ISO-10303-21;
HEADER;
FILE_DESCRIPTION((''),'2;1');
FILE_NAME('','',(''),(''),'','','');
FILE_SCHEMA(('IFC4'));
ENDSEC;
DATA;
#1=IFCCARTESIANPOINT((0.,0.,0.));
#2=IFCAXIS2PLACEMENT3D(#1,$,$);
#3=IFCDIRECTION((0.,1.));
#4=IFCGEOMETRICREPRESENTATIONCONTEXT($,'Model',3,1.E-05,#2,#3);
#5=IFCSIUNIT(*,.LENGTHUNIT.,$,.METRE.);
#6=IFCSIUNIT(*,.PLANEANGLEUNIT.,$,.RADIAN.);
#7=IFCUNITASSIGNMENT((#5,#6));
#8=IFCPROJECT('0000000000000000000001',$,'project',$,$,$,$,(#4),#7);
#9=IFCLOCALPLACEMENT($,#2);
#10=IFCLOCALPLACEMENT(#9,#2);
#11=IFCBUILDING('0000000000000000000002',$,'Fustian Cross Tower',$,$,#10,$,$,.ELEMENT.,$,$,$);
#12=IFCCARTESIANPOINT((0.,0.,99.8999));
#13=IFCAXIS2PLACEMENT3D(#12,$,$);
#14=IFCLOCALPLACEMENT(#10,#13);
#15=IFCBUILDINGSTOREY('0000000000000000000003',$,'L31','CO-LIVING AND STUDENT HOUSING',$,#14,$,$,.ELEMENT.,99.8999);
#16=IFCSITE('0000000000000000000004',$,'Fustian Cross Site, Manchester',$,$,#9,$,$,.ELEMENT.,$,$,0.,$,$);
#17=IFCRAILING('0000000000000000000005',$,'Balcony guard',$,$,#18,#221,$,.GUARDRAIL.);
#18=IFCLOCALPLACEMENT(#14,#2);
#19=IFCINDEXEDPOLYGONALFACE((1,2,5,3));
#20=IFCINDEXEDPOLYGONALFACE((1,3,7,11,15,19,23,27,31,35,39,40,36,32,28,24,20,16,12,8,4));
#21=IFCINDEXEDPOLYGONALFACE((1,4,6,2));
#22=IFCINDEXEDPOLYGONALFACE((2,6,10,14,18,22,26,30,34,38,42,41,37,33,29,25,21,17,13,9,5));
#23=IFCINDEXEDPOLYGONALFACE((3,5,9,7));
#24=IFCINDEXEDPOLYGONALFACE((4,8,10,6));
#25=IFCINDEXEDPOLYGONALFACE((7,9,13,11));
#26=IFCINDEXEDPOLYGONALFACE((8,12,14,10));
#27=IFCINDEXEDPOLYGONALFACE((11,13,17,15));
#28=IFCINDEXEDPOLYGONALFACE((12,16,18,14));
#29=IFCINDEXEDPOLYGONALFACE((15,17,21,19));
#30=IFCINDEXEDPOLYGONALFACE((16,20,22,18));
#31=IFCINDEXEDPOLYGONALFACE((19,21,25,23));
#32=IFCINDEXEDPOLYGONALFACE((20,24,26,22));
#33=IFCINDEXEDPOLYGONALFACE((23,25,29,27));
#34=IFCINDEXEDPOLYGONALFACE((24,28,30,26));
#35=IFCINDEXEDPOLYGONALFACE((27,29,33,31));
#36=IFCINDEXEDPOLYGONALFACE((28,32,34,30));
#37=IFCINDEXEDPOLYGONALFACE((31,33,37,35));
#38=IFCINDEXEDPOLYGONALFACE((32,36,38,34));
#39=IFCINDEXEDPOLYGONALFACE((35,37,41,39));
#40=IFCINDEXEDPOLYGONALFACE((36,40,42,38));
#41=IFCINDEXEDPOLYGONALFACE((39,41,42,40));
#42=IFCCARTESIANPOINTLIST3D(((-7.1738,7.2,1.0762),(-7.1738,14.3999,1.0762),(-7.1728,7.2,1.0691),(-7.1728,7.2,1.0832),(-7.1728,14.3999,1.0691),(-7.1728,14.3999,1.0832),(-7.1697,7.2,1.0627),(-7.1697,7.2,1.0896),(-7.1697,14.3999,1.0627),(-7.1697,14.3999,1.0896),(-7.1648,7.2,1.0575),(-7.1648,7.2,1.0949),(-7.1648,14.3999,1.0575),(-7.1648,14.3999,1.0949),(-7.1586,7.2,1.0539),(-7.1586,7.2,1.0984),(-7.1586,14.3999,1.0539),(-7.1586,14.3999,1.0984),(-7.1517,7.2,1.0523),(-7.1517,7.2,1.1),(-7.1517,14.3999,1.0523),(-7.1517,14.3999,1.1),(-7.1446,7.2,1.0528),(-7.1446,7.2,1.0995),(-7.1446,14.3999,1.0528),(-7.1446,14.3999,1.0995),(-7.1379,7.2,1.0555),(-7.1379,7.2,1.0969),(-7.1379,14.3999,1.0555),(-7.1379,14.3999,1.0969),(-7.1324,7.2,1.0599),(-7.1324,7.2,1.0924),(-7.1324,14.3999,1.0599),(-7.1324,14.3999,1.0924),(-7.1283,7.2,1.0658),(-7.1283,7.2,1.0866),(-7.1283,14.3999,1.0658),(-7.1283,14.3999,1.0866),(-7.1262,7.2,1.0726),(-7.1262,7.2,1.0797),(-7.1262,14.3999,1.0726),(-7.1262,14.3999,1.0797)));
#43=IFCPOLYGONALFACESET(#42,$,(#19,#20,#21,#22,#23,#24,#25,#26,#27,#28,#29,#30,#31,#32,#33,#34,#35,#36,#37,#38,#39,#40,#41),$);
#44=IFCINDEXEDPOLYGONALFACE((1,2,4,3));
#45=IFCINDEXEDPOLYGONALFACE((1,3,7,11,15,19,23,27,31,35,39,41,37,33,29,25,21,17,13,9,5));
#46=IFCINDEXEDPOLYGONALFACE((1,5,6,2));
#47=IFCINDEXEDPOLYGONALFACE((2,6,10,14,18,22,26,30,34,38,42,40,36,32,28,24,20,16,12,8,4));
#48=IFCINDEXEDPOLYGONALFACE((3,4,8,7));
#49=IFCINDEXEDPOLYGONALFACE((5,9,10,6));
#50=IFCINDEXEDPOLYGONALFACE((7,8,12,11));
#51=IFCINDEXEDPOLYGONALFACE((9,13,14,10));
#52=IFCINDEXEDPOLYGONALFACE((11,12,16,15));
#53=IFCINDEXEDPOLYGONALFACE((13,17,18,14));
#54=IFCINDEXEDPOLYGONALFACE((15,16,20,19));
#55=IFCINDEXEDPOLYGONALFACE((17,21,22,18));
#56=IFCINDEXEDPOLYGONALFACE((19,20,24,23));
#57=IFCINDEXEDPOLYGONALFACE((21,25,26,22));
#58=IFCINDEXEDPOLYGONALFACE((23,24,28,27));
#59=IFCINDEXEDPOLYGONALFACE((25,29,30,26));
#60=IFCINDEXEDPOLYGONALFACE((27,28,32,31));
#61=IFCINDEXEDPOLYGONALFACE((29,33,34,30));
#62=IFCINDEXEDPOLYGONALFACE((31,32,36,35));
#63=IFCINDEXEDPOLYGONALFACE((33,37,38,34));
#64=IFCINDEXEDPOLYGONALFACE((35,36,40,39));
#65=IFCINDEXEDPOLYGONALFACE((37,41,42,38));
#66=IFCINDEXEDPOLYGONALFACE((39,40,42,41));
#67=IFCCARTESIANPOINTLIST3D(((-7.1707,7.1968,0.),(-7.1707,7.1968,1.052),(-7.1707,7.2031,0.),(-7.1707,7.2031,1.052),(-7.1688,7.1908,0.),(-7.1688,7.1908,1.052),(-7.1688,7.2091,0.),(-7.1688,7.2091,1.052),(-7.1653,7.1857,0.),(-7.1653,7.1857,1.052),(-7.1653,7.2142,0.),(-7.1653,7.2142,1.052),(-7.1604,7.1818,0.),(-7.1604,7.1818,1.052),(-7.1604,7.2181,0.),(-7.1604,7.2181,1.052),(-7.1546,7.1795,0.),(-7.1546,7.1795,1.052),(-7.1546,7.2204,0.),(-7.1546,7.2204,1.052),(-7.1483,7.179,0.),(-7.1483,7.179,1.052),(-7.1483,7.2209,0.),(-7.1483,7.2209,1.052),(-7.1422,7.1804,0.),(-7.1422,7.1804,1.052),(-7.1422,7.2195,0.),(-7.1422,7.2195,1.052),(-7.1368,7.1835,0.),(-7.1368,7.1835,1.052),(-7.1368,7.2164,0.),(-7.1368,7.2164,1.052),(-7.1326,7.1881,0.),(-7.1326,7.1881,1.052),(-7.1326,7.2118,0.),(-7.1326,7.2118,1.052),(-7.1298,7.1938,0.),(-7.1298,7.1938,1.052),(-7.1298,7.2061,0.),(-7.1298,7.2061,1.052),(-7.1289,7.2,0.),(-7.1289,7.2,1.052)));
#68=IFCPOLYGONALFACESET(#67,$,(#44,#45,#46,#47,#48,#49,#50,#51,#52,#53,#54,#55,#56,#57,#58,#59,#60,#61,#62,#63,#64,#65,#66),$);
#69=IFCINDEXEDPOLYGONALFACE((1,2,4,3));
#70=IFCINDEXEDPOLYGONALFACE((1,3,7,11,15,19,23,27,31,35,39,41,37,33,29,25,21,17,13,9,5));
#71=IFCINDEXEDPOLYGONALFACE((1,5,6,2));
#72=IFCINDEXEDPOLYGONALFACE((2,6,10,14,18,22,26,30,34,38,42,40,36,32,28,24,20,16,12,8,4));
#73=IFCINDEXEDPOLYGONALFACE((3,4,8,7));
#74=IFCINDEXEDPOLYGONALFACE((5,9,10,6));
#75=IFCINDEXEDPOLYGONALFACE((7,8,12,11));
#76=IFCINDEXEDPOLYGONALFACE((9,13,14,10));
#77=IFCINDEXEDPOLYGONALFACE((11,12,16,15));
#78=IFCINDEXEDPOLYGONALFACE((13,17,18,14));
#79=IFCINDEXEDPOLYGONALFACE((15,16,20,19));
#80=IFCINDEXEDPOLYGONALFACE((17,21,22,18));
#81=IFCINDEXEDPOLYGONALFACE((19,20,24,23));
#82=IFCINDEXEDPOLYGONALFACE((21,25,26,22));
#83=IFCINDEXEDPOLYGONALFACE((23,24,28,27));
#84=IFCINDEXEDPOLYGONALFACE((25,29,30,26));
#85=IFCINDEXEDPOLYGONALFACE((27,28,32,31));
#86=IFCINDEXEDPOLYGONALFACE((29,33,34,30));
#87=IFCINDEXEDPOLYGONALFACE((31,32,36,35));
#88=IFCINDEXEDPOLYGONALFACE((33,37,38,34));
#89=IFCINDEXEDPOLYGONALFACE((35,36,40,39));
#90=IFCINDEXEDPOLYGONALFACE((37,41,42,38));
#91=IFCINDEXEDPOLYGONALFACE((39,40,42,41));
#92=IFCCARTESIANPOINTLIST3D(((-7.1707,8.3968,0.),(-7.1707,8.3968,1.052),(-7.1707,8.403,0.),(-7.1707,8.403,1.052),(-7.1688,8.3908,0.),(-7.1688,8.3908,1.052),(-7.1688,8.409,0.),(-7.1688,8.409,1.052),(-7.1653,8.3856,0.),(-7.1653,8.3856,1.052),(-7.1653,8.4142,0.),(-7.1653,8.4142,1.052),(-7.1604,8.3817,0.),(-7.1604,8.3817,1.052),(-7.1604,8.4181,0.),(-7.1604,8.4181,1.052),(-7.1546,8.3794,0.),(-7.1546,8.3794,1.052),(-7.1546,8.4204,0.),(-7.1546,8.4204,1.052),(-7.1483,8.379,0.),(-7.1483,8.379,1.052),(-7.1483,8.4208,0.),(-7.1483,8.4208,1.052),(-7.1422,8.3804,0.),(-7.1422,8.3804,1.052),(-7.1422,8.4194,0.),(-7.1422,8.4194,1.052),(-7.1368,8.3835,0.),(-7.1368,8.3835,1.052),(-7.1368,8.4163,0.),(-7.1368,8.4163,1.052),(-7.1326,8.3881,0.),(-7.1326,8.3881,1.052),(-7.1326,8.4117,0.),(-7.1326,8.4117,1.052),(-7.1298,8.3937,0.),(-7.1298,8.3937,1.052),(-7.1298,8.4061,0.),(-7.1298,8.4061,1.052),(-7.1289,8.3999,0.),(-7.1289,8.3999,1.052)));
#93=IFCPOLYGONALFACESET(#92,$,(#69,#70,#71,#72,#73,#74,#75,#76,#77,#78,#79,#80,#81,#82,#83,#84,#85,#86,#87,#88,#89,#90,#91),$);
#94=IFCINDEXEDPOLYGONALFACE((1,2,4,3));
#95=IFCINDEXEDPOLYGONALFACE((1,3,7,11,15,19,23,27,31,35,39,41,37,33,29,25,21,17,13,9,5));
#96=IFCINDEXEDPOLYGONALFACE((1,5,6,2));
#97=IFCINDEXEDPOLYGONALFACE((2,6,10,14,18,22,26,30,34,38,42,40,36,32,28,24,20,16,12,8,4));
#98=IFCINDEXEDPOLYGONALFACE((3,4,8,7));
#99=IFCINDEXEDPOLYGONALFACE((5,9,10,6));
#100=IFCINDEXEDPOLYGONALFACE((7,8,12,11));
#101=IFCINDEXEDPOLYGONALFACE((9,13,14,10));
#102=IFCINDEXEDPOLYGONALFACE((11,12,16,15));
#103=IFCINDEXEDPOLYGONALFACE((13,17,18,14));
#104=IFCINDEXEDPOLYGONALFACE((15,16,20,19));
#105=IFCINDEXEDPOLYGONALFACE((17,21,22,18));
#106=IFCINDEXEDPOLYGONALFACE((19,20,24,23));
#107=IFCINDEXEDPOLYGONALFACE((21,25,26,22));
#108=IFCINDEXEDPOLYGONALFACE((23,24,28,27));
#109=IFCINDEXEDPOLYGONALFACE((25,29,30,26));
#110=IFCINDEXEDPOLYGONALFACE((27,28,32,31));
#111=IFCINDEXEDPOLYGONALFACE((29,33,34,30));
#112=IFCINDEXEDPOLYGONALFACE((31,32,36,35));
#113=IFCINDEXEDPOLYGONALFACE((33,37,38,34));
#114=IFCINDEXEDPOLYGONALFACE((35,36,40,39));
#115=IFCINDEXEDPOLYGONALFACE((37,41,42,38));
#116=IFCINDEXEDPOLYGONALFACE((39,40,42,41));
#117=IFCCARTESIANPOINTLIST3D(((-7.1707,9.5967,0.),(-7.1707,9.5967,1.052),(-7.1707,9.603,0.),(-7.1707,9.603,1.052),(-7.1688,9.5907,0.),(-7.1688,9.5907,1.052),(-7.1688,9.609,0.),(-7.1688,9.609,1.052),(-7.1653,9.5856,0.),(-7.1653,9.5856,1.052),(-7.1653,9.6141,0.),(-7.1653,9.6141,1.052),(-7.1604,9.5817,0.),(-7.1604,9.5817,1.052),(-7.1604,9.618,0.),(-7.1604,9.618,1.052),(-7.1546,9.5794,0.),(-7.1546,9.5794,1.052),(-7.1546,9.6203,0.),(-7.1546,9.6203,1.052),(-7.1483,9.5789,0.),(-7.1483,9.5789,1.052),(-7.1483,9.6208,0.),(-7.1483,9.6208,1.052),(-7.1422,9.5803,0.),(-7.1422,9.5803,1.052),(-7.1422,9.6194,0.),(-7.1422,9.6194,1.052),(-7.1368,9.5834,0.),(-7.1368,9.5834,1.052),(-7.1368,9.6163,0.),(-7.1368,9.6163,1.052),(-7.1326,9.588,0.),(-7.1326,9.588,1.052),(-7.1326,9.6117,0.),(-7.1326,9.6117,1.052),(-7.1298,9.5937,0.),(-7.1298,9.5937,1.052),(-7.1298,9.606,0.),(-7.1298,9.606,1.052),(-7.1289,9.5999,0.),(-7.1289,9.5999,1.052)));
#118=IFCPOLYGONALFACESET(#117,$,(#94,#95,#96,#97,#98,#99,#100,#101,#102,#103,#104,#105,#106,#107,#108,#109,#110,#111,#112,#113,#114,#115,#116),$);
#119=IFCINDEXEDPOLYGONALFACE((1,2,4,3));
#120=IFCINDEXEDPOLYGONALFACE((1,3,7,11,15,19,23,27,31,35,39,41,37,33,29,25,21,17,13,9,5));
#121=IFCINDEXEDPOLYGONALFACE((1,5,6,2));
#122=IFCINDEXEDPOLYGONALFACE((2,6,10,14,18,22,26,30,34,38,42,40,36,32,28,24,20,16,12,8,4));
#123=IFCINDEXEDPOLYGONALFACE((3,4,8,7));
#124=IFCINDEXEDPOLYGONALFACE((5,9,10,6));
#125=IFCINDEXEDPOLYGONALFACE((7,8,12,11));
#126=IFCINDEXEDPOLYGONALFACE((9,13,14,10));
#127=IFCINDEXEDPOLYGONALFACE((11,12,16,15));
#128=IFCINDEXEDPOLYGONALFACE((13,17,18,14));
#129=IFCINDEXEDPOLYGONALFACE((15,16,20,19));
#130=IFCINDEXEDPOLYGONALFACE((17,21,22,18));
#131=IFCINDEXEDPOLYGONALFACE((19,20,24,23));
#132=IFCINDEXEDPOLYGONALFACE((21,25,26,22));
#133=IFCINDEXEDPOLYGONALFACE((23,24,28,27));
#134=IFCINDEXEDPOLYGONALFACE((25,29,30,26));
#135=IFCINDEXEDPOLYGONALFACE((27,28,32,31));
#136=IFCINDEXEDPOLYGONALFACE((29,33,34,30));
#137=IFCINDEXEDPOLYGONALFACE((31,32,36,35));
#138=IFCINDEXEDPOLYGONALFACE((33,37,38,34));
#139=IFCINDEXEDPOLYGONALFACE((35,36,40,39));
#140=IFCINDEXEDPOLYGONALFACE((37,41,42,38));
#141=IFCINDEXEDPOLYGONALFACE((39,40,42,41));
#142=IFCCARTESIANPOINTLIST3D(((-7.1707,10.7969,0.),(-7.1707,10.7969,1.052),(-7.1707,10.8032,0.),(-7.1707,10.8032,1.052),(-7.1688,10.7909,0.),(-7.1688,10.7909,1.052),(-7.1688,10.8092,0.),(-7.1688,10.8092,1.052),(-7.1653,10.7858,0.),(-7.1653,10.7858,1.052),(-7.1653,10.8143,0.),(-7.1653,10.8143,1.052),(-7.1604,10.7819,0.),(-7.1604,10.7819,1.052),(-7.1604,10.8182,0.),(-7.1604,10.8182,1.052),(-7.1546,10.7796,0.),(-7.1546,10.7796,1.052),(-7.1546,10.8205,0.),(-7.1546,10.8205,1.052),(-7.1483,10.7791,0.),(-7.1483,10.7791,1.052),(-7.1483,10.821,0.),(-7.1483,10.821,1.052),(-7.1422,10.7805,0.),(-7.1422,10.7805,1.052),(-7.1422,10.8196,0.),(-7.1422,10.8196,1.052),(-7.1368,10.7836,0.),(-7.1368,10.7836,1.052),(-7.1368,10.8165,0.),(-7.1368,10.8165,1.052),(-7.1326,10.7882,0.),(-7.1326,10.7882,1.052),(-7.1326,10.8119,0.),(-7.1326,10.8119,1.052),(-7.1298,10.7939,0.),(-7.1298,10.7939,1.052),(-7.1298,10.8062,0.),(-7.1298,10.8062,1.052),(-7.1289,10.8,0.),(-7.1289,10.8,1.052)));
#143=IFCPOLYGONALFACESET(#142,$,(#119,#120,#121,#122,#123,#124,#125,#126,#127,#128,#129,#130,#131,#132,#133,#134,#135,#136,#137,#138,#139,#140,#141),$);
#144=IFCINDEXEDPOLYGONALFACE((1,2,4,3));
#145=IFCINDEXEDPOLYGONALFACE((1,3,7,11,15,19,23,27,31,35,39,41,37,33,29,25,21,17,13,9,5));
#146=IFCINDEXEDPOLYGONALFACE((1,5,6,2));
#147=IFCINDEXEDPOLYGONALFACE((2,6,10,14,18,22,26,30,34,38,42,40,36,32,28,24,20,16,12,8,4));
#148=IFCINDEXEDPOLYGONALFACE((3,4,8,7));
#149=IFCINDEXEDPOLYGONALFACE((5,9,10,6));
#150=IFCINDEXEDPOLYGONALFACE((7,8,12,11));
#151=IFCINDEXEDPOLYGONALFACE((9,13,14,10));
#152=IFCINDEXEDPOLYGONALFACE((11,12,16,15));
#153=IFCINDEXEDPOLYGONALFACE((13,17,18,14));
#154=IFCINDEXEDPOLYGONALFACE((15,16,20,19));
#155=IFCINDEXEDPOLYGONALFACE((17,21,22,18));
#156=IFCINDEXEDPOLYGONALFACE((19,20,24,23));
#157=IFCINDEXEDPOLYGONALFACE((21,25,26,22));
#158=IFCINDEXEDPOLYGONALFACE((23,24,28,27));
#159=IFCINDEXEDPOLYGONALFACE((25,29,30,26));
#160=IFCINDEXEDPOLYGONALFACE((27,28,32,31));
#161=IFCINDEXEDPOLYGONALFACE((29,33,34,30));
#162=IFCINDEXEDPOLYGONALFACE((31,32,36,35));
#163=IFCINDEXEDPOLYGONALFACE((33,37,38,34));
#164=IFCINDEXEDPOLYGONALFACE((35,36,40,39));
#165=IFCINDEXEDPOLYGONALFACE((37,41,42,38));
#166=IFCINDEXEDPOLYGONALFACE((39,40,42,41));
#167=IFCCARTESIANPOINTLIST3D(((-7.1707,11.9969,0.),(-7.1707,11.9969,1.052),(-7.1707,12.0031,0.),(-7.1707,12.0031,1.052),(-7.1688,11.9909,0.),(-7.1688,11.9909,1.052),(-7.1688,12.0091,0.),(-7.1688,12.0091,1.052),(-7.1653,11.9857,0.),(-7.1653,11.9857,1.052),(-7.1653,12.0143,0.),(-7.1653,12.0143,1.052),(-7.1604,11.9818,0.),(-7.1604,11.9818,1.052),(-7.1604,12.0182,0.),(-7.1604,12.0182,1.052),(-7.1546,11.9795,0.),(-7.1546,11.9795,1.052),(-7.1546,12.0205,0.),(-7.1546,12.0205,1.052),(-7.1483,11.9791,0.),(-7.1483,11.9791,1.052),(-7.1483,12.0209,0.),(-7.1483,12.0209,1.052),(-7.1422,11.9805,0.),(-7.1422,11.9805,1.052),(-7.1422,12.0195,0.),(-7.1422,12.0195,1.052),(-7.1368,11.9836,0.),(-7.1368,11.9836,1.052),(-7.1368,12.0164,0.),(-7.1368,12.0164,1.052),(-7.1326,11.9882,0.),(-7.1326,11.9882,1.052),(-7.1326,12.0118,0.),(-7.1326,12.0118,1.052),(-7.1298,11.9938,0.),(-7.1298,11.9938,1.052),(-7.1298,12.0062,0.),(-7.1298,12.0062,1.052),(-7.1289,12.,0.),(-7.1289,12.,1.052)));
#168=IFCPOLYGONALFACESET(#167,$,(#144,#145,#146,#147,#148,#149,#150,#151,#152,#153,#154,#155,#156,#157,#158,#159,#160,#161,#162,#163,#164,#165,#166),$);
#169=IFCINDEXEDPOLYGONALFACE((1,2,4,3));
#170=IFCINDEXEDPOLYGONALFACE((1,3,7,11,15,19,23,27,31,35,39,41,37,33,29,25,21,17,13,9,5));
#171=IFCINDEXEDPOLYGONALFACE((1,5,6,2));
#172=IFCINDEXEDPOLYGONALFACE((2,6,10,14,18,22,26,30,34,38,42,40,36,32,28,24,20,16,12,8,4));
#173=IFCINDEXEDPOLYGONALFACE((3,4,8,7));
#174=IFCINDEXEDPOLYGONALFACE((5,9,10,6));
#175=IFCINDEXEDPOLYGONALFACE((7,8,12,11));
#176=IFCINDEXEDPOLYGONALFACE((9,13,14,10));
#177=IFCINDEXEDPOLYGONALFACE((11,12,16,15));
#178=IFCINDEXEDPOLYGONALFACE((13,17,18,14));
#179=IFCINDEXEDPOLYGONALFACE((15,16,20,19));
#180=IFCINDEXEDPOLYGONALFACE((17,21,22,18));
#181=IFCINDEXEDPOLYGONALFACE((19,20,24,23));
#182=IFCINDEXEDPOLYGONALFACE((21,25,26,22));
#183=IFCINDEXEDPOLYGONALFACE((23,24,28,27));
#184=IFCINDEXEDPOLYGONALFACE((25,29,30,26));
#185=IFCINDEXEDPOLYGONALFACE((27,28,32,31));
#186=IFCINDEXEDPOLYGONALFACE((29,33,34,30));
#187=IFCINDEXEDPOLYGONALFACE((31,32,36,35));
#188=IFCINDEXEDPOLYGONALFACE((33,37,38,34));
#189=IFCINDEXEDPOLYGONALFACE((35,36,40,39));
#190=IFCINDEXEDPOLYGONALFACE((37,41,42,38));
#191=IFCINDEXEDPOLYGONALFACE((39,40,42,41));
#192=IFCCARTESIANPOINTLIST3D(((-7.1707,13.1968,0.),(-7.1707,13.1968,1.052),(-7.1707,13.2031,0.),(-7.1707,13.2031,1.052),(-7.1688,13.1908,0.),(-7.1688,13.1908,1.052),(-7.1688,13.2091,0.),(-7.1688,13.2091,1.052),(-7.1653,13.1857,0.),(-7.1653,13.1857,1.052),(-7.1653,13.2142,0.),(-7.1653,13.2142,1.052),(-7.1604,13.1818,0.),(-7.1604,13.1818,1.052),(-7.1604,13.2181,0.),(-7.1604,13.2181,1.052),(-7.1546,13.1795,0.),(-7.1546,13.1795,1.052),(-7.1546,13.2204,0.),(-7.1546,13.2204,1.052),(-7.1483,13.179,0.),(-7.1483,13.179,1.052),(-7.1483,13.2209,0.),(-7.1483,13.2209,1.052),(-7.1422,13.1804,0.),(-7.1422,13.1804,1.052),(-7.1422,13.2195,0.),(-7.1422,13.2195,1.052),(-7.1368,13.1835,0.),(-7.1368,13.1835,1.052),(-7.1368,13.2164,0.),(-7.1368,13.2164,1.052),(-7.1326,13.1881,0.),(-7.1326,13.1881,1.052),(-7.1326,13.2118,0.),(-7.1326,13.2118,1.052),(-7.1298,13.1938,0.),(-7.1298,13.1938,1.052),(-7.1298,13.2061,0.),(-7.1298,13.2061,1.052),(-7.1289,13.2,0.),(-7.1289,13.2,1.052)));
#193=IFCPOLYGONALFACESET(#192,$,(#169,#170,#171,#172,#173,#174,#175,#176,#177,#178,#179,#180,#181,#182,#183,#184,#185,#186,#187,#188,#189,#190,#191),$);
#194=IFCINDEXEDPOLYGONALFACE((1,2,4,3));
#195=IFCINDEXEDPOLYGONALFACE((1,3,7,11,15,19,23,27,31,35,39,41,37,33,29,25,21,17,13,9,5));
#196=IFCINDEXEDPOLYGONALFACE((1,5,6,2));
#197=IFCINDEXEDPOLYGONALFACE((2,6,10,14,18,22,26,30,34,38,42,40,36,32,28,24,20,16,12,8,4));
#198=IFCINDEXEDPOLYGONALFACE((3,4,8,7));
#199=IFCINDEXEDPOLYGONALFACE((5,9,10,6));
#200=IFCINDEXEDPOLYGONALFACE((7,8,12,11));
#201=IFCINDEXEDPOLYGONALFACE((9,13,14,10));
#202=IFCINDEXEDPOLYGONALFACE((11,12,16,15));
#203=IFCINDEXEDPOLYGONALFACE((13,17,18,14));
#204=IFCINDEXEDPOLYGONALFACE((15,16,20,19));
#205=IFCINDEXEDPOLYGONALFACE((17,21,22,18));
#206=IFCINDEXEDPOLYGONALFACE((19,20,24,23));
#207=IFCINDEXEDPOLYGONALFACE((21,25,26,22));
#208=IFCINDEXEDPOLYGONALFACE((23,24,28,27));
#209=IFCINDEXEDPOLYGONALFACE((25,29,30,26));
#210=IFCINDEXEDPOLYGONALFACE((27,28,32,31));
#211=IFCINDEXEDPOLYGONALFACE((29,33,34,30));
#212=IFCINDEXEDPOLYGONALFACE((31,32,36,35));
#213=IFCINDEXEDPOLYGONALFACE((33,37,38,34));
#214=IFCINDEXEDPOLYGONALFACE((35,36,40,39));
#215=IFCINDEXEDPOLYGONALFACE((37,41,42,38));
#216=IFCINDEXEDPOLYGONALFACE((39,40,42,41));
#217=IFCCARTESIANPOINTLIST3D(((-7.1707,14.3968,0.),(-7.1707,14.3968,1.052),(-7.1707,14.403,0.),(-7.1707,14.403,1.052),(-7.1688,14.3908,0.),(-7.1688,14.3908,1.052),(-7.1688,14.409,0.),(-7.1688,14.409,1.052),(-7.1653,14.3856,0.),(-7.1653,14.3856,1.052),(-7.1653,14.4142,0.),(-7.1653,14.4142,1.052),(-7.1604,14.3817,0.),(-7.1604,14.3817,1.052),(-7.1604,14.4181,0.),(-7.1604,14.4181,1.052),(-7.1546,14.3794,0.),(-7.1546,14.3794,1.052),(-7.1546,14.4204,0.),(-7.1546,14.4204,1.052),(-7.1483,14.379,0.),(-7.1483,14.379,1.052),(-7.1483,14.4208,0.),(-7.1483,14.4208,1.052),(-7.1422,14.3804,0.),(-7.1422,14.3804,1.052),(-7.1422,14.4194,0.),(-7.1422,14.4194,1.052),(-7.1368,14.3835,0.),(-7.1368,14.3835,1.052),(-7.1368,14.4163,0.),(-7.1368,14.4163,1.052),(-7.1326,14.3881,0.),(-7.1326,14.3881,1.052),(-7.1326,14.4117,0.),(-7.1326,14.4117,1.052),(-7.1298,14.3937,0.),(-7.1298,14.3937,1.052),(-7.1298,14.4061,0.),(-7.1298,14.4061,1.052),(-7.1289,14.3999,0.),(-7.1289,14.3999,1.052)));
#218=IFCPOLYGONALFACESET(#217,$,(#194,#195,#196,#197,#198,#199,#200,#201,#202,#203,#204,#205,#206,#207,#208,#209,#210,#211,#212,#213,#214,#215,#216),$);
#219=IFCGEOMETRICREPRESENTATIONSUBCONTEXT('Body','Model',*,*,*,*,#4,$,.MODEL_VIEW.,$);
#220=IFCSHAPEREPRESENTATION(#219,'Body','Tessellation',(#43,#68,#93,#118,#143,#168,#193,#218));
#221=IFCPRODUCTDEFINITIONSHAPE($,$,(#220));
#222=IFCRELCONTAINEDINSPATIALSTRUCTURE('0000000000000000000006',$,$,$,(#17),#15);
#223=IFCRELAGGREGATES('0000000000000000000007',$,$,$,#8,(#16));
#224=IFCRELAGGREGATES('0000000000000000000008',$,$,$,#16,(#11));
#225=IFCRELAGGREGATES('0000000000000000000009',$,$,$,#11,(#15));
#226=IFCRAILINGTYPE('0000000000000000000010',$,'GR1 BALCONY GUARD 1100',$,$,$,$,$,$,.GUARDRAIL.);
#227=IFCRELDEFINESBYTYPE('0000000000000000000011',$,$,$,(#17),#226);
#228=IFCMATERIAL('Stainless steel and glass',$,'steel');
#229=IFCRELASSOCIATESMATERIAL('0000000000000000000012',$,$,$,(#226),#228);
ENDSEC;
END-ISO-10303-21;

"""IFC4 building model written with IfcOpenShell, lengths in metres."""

from ifc_helpers import new_model, si_unit, direction, frame, origin, origin_2d, place, context, subcontext, project, spatial, circle, extrude, material, type_object, element, save


model = new_model("IFC4")

# Units and contexts
model_context = context("Model", 3, precision=1e-05, world=origin(), true_north=direction((0.0, 1.0)))
body_context = subcontext(model_context, "Body", "Model", "MODEL_VIEW")
ifc_project = project(units=[si_unit("LENGTHUNIT", "METRE"), si_unit("PLANEANGLEUNIT", "RADIAN")], contexts=[model_context])

# Site, building, storey
site_placement = place(None, origin())
site = spatial("IfcSite", under=ifc_project, at=site_placement, Name="Fustian Cross Site, Manchester", CompositionType="ELEMENT", RefElevation=0.0)
building_placement = place(site_placement, origin())
building = spatial("IfcBuilding", under=site, at=building_placement, Name="Fustian Cross Tower", CompositionType="ELEMENT")
storey_placement = place(building_placement, frame((0.0, 0.0, 99.8999)))
storey = spatial("IfcBuildingStorey", under=building, at=storey_placement, Name="L31", Description="CO-LIVING AND STUDENT HOUSING", CompositionType="ELEMENT", Elevation=99.8999)

# Railing
ifc_material_1 = material(Name="Stainless steel and glass", Category="steel")
railing_type = type_object("IfcRailingType", Name="GR1 BALCONY GUARD 1100", PredefinedType="GUARDRAIL", material=ifc_material_1)
railing_placement = place(storey_placement, frame((-7.1499, 7.2, 0.0)))
element("IfcRailing", 1, at=railing_placement, inside=storey, type_object=railing_type, Name="Balcony guard", PredefinedType="GUARDRAIL", context=body_context, shape_type="SweptSolid", body=[
    extrude(circle(Radius=0.0239, at=origin_2d()), frame((0.0, 0.0, 1.0762), z_axis=(0.0, 1.0, 0.0), x_axis=(-1.0, 0.0, 0.0)), (0.0, 0.0, 1.0), 7.2),
    extrude(circle(Radius=0.021, at=origin_2d()), origin(), (0.0, 0.0, 1.0), 1.052),
    extrude(circle(Radius=0.021, at=origin_2d()), frame((0.0, 1.2, 0.0)), (0.0, 0.0, 1.0), 1.052),
    extrude(circle(Radius=0.021, at=origin_2d()), frame((0.0, 2.3999, 0.0)), (0.0, 0.0, 1.0), 1.052),
    extrude(circle(Radius=0.021, at=origin_2d()), frame((0.0, 3.6001, 0.0)), (0.0, 0.0, 1.0), 1.052),
    extrude(circle(Radius=0.021, at=origin_2d()), frame((0.0, 4.8, 0.0)), (0.0, 0.0, 1.0), 1.052),
    extrude(circle(Radius=0.021, at=origin_2d()), frame((0.0, 6.0, 0.0)), (0.0, 0.0, 1.0), 1.052),
    extrude(circle(Radius=0.021, at=origin_2d()), frame((0.0, 7.2, 0.0)), (0.0, 0.0, 1.0), 1.052),
])

save(model, "model.ifc")
